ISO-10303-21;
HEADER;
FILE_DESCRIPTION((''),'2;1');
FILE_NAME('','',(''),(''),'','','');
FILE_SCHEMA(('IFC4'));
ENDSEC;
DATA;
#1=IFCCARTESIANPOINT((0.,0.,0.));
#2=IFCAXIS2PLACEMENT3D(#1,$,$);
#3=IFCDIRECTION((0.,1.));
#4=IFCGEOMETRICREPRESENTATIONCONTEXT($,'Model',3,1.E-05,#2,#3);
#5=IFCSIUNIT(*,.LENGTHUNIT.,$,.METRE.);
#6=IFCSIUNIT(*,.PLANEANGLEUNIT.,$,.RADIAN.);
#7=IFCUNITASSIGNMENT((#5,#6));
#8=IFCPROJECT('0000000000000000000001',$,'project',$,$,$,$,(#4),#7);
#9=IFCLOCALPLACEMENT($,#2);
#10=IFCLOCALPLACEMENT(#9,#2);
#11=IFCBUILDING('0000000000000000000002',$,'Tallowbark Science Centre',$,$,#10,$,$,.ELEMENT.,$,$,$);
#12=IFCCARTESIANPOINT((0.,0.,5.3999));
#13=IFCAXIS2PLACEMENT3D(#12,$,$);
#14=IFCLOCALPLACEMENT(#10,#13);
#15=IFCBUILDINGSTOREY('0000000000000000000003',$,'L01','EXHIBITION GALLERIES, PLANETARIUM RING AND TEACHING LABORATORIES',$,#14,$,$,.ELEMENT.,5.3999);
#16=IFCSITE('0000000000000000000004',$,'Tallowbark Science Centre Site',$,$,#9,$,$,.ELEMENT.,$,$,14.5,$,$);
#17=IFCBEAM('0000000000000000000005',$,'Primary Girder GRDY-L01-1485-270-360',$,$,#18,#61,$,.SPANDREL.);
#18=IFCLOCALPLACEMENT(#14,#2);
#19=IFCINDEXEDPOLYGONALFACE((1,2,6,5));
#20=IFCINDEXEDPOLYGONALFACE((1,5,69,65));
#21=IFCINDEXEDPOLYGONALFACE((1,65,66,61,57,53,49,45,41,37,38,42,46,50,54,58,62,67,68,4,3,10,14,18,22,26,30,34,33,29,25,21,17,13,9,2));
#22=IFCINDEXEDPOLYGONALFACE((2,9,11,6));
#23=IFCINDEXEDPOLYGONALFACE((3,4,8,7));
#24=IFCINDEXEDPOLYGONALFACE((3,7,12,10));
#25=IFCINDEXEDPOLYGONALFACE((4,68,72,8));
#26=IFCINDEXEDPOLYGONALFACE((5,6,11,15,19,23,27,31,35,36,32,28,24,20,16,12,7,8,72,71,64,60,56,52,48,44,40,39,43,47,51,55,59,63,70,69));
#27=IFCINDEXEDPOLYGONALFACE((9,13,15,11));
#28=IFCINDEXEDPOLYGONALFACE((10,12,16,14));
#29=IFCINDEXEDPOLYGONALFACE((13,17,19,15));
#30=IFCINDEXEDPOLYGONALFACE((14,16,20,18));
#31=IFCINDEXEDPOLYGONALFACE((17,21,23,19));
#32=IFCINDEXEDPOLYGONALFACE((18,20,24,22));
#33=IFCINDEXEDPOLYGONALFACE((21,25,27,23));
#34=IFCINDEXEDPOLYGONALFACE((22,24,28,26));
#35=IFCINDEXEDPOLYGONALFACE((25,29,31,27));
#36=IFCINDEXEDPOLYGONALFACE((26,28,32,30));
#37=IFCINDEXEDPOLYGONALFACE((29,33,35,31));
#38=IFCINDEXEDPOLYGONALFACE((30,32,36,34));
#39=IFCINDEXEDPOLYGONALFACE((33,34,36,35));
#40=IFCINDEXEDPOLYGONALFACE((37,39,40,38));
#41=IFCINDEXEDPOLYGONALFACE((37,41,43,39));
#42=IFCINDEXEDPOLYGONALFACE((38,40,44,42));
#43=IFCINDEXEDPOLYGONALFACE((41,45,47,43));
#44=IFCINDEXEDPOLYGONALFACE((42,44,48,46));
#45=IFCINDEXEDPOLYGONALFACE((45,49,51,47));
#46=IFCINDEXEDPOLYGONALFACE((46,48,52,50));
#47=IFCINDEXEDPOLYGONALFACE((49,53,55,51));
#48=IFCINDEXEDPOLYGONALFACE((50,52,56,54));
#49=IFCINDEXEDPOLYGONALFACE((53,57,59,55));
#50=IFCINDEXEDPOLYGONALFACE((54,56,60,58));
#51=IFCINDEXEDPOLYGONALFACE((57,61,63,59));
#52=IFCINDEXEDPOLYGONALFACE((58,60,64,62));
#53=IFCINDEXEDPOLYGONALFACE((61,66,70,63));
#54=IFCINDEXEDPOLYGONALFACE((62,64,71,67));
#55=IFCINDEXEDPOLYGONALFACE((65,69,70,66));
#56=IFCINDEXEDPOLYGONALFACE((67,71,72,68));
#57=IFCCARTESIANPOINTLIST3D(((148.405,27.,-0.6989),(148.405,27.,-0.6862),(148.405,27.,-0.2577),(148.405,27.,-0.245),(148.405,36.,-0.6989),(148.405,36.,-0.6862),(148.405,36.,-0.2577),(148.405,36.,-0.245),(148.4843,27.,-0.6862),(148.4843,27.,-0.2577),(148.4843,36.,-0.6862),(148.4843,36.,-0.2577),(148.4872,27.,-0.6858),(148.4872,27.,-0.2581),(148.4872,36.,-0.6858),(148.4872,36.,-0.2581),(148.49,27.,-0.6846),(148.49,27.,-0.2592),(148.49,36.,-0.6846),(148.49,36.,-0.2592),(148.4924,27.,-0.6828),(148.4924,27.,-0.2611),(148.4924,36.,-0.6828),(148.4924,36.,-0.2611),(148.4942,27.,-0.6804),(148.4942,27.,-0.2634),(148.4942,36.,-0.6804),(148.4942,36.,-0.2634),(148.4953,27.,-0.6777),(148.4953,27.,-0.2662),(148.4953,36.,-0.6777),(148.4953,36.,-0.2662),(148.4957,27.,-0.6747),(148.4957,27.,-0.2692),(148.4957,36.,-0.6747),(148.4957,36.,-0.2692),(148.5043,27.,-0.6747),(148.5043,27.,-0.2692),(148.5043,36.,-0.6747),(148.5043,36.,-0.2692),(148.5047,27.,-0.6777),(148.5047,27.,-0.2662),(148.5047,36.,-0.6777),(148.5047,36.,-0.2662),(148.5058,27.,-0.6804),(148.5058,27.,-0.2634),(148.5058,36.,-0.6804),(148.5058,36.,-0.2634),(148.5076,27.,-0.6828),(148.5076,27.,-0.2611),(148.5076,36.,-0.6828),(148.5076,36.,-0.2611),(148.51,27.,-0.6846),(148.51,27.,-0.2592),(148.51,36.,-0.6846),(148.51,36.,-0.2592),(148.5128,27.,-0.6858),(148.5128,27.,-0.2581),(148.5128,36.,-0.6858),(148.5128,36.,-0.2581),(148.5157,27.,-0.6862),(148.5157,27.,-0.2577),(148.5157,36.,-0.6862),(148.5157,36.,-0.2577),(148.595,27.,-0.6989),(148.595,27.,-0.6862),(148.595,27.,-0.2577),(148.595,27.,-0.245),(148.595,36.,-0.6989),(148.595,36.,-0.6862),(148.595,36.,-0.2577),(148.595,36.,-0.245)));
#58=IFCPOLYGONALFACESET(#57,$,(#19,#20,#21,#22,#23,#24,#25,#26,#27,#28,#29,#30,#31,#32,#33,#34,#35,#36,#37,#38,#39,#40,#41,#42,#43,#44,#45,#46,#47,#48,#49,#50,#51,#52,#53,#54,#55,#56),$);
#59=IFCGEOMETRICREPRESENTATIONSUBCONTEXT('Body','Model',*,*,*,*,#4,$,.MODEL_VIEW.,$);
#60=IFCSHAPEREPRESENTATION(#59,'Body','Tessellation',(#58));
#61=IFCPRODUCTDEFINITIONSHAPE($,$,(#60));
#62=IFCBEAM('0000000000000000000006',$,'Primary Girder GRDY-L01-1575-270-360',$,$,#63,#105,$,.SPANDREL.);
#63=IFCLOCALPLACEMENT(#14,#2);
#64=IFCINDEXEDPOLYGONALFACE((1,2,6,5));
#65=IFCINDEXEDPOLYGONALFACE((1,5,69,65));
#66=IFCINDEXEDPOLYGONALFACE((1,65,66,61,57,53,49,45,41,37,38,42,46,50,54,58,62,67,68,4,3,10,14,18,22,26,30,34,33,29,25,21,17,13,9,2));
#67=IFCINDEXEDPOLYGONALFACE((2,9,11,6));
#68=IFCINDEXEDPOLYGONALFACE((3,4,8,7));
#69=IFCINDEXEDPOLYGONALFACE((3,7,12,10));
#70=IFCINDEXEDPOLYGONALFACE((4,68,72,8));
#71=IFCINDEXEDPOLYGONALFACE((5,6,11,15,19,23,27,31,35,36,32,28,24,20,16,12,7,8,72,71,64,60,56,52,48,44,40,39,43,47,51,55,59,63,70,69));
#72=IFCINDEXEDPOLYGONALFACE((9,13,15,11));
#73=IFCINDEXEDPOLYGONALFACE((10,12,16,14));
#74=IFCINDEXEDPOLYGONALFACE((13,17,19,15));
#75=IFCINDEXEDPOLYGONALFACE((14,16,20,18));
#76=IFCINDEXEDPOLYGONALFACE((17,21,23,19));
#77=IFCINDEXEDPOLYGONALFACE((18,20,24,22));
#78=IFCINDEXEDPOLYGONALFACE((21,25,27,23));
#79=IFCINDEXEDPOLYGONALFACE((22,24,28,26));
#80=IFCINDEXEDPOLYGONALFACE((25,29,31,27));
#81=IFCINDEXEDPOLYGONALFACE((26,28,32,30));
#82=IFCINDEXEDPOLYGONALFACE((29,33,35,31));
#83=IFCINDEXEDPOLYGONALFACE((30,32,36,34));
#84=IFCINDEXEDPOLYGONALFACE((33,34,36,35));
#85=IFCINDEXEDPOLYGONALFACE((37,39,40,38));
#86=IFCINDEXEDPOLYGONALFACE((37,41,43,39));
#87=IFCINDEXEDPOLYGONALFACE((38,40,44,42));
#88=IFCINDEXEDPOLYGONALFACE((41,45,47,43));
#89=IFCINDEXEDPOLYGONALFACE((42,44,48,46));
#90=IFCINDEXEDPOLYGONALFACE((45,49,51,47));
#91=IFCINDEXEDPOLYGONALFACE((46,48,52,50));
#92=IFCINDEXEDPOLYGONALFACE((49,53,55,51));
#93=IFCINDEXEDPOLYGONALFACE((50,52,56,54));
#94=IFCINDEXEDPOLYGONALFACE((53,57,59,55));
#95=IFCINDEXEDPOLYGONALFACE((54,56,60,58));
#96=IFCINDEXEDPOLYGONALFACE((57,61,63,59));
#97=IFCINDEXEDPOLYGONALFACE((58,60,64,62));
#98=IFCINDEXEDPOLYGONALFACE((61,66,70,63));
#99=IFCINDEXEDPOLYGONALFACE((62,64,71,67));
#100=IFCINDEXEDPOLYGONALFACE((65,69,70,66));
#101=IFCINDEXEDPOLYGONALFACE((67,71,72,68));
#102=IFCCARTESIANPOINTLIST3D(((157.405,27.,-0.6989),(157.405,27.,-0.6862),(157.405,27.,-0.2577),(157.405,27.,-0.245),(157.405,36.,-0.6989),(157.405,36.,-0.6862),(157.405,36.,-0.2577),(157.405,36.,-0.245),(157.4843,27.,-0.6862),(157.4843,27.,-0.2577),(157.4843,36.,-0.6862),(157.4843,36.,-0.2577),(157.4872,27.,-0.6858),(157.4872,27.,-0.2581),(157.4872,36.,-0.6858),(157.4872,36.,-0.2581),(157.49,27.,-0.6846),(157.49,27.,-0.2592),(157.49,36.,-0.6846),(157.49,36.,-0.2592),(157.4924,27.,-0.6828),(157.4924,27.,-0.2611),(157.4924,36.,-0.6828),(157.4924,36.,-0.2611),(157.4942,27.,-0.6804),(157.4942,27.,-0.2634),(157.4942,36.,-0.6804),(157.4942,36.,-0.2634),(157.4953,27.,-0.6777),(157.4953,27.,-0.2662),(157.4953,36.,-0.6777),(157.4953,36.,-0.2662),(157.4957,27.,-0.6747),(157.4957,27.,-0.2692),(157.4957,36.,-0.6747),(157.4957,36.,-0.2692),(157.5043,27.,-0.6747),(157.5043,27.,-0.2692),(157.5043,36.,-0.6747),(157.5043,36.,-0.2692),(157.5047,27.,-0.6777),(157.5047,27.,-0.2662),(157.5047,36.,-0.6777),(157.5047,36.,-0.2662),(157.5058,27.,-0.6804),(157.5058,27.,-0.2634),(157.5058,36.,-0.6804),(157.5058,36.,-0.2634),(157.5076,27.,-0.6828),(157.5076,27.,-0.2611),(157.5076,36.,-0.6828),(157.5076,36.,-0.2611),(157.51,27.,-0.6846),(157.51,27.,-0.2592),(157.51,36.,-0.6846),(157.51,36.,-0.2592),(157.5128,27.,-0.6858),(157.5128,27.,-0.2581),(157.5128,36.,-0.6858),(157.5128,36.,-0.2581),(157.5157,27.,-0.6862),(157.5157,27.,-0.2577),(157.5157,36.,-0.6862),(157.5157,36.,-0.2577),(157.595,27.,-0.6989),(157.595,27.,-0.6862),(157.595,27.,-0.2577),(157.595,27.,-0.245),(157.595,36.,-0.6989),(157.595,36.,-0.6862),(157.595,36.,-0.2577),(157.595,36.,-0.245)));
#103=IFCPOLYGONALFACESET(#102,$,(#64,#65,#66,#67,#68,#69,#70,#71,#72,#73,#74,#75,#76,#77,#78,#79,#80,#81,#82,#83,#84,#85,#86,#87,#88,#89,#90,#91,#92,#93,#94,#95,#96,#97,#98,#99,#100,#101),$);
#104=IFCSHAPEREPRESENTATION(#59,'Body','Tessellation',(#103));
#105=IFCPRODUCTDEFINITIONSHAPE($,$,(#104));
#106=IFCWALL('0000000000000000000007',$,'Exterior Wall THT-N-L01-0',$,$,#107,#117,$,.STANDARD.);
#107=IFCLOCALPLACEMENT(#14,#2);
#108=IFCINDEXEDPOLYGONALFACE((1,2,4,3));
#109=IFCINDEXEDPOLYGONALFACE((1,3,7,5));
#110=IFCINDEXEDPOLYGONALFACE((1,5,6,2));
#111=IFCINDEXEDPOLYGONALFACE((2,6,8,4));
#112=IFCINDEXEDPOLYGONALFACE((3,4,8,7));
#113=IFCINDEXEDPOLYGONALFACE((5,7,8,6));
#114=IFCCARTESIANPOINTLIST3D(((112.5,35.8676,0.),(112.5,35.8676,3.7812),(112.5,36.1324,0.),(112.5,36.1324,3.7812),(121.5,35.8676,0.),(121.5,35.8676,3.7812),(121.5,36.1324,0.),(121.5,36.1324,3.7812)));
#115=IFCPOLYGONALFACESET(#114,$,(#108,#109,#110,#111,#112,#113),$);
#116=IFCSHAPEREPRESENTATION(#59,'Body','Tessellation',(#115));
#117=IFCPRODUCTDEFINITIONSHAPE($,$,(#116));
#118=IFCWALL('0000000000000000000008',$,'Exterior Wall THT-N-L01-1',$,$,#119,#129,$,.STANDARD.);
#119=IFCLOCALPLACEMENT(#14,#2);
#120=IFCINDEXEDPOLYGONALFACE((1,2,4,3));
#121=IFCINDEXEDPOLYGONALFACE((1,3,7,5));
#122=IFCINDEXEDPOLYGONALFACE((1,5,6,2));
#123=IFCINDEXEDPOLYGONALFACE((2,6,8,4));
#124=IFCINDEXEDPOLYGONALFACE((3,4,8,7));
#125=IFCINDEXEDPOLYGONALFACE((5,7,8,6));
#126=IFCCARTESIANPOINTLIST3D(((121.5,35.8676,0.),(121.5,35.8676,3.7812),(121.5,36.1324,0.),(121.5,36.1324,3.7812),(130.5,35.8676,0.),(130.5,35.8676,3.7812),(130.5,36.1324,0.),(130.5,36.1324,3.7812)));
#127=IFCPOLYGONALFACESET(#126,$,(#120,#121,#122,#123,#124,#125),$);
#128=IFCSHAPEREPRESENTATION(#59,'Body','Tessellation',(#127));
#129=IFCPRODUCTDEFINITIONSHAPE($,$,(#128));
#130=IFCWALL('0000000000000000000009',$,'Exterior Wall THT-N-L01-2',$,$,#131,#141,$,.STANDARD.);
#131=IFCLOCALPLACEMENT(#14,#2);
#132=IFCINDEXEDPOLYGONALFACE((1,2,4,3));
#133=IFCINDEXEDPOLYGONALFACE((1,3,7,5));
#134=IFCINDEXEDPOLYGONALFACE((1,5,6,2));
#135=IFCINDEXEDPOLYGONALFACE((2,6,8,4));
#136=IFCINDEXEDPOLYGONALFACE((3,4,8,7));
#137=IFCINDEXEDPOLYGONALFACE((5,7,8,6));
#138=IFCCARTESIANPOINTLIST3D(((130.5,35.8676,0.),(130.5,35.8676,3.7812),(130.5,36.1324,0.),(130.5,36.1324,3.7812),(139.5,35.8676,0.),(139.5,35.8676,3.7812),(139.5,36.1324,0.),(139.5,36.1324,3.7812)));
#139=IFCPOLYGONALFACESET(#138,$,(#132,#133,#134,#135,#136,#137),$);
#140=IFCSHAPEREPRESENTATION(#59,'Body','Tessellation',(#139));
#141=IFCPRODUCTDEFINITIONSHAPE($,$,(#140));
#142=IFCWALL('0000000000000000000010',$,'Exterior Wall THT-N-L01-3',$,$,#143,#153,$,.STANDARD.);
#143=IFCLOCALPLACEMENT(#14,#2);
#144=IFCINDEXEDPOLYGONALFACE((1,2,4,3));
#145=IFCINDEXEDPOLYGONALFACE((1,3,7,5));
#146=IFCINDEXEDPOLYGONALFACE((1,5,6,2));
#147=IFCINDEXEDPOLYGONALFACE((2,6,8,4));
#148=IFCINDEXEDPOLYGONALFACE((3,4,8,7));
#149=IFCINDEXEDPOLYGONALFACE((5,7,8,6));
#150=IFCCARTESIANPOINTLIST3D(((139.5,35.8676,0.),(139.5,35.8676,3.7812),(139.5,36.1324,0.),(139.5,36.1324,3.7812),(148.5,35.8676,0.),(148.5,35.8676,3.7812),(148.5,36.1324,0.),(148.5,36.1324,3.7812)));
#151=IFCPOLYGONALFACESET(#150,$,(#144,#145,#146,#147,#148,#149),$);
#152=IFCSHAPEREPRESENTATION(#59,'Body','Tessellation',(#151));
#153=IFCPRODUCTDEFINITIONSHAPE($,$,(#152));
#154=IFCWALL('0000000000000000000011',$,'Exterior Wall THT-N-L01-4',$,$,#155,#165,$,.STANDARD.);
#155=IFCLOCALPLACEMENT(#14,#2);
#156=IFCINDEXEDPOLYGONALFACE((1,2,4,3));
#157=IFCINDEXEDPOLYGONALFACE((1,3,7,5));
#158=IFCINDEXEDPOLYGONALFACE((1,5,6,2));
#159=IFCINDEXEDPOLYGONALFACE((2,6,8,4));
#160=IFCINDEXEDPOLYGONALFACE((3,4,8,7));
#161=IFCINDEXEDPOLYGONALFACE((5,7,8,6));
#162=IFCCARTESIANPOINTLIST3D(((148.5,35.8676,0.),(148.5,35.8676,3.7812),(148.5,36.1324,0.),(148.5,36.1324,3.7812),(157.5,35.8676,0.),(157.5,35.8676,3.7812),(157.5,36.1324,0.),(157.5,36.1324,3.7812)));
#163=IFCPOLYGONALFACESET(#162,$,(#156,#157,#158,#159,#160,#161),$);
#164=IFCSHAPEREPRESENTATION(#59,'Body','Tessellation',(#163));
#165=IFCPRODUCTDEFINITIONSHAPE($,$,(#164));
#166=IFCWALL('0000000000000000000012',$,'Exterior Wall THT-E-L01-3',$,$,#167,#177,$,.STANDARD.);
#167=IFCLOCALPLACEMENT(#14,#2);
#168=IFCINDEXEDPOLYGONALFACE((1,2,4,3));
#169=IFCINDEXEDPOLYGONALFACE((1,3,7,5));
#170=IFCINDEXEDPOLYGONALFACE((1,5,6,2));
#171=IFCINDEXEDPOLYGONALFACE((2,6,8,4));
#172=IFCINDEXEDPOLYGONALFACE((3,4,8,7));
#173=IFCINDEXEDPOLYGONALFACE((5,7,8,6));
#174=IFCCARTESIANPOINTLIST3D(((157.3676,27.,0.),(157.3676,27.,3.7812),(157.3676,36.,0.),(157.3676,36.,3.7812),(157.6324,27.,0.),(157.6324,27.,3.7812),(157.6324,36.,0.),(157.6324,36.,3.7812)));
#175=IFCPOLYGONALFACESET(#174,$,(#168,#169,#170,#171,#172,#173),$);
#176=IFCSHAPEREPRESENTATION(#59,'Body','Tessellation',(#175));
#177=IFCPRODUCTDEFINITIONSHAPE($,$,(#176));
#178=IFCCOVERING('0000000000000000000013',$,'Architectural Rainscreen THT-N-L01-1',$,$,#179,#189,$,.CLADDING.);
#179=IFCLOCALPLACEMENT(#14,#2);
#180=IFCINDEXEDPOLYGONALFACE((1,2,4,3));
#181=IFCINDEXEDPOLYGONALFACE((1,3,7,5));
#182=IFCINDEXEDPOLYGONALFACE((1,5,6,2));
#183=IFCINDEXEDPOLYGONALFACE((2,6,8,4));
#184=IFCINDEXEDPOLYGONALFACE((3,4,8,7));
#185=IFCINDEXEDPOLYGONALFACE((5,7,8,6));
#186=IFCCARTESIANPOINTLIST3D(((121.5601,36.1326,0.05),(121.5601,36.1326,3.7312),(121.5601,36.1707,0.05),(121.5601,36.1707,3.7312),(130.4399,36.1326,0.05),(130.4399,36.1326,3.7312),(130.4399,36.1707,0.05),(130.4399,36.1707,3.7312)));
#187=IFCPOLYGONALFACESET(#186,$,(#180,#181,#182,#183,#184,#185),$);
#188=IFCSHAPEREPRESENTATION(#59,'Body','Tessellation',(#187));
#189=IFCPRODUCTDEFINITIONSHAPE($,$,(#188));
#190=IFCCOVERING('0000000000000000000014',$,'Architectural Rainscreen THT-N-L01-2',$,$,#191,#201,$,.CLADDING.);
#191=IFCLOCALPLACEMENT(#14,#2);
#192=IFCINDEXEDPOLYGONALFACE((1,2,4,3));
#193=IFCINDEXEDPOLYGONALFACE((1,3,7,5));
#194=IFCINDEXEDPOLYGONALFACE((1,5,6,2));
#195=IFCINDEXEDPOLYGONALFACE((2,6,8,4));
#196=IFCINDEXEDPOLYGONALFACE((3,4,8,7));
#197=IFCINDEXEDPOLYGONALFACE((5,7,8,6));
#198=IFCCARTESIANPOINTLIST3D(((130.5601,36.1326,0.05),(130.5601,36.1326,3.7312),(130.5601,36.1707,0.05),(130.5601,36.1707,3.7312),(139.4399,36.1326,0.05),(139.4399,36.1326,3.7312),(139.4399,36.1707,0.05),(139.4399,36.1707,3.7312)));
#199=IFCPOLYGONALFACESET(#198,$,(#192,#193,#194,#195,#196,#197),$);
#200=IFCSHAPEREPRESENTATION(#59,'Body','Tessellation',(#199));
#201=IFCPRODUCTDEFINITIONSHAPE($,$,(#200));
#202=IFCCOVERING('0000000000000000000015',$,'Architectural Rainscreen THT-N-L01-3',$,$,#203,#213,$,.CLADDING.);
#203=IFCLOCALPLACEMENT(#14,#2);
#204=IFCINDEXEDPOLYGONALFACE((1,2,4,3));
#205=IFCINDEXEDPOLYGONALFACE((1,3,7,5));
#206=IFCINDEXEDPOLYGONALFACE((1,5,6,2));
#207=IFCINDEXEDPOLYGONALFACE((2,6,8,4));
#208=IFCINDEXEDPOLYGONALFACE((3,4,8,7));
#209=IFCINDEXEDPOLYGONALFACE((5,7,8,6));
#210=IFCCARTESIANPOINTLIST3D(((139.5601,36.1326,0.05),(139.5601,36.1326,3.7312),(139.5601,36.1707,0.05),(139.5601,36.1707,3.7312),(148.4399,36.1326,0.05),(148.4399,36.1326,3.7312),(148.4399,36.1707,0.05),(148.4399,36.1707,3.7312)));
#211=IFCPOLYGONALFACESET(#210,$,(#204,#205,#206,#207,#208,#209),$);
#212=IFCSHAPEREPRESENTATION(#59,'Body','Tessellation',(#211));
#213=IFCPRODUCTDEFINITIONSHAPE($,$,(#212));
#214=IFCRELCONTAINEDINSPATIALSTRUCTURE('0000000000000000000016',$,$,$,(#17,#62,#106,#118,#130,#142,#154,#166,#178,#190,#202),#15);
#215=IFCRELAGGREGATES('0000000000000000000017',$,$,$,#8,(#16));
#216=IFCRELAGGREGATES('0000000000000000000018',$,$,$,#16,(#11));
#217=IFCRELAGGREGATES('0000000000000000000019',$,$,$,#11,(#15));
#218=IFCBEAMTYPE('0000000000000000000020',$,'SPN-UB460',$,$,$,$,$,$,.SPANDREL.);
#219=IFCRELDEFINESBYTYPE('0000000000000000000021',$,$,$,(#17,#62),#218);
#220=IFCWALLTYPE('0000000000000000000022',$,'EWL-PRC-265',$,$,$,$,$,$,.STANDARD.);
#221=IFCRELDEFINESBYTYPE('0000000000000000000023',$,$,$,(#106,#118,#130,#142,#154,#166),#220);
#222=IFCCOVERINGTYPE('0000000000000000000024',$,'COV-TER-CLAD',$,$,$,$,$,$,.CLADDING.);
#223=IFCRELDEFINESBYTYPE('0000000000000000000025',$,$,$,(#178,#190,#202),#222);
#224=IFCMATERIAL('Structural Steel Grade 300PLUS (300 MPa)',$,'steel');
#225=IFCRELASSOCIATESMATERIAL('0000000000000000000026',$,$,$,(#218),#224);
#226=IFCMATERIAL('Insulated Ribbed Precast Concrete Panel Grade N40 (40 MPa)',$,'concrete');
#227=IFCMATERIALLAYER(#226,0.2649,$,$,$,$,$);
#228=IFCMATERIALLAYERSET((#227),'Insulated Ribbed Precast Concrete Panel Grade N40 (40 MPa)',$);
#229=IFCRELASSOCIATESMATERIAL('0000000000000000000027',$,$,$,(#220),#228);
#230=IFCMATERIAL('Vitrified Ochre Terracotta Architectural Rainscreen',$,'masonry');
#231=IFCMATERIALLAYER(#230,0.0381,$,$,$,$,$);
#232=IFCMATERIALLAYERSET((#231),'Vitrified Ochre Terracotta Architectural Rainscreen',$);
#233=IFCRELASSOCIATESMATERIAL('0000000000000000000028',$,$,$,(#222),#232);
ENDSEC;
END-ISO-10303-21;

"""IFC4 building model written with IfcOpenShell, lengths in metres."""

from ifc_helpers import new_model, si_unit, direction, frame, frame_2d, origin, origin_2d, place, context, subcontext, project, spatial, rectangle, i_section, extrude, material, layer, layer_set, material_profile, profile_set, type_object, element, save


model = new_model("IFC4")

# Units and contexts
model_context = context("Model", 3, precision=1e-05, world=origin(), true_north=direction((0.0, 1.0)))
body_context = subcontext(model_context, "Body", "Model", "MODEL_VIEW")
ifc_project = project(units=[si_unit("LENGTHUNIT", "METRE"), si_unit("PLANEANGLEUNIT", "RADIAN")], contexts=[model_context])

# Site, building, storey
site_placement = place(None, origin())
site = spatial("IfcSite", under=ifc_project, at=site_placement, Name="Tallowbark Science Centre Site", CompositionType="ELEMENT", RefElevation=14.5)
building_placement = place(site_placement, origin())
building = spatial("IfcBuilding", under=site, at=building_placement, Name="Tallowbark Science Centre", CompositionType="ELEMENT")
storey_placement = place(building_placement, frame((0.0, 0.0, 5.3999)))
storey = spatial("IfcBuildingStorey", under=building, at=storey_placement, Name="L01", Description="EXHIBITION GALLERIES, PLANETARIUM RING AND TEACHING LABORATORIES", CompositionType="ELEMENT", Elevation=5.3999)

# Shared definitions
ifc_material_1 = material(Name="Structural Steel Grade 300PLUS (300 MPa)", Category="steel")

# Beams
ifc_material_profile_1 = material_profile(ifc_material_1, i_section(OverallWidth=0.1899, OverallDepth=0.4539, WebThickness=0.0085, FlangeThickness=0.0127, FilletRadius=0.0115, at=origin_2d()), Name="460UB67.1")
ifc_profile_set_1 = profile_set([ifc_material_profile_1], Name="Structural Steel Grade 300PLUS (300 MPa)")
beam_type_1 = type_object("IfcBeamType", Name="SPN-UB460", PredefinedType="SPANDREL", material=ifc_profile_set_1)
for number, where, z_axis, x_axis, name in (
    (1, (148.5, 27.0, -0.4719), (0.0, 1.0, 0.0), (-1.0, 0.0, 0.0), "Primary Girder GRDY-L01-1485-270-360"),
    (2, (157.5, 27.0, -0.4719), (0.0, 1.0, 0.0), (-1.0, 0.0, 0.0), "Primary Girder GRDY-L01-1575-270-360"),
):
    element("IfcBeam", number, at=place(storey_placement, frame(where, z_axis=z_axis, x_axis=x_axis)), inside=storey, type_object=beam_type_1, Name=name, PredefinedType="SPANDREL", context=body_context, shape_type="SweptSolid", body=[
        extrude(i_section(OverallWidth=0.1899, OverallDepth=0.4539, WebThickness=0.0085, FlangeThickness=0.0127, FilletRadius=0.0115, at=origin_2d()), origin(), (0.0, 0.0, 1.0), 9.0),
    ])

# Walls
ifc_material_2 = material(Name="Insulated Ribbed Precast Concrete Panel Grade N40 (40 MPa)", Category="concrete")
ifc_layer_1 = layer(ifc_material_2, 0.2649)
ifc_layer_set_1 = layer_set([ifc_layer_1], Name="Insulated Ribbed Precast Concrete Panel Grade N40 (40 MPa)")
wall_type = type_object("IfcWallType", Name="EWL-PRC-265", PredefinedType="STANDARD", material=ifc_layer_set_1)
for number, where, z_axis, x_axis, name in (
    (3, (121.5, 36.0, 0.0), (0.0, 0.0, 1.0), (-1.0, 0.0, 0.0), "Exterior Wall THT-N-L01-0"),
    (4, (130.5, 36.0, 0.0), (0.0, 0.0, 1.0), (-1.0, 0.0, 0.0), "Exterior Wall THT-N-L01-1"),
    (5, (139.5, 36.0, 0.0), (0.0, 0.0, 1.0), (-1.0, 0.0, 0.0), "Exterior Wall THT-N-L01-2"),
    (6, (148.5, 36.0, 0.0), (0.0, 0.0, 1.0), (-1.0, 0.0, 0.0), "Exterior Wall THT-N-L01-3"),
    (7, (157.5, 36.0, 0.0), (0.0, 0.0, 1.0), (-1.0, 0.0, 0.0), "Exterior Wall THT-N-L01-4"),
    (8, (157.5, 27.0, 0.0), (0.0, 0.0, 1.0), (0.0, 1.0, 0.0), "Exterior Wall THT-E-L01-3"),
):
    element("IfcWall", number, at=place(storey_placement, frame(where, z_axis=z_axis, x_axis=x_axis)), inside=storey, type_object=wall_type, Name=name, PredefinedType="STANDARD", context=body_context, shape_type="SweptSolid", body=[
        extrude(rectangle(XDim=9.0, YDim=0.2649, at=frame_2d((4.5, 0.0))), origin(), (0.0, 0.0, 1.0), 3.7812),
    ])

# Coverings
ifc_material_3 = material(Name="Vitrified Ochre Terracotta Architectural Rainscreen", Category="masonry")
ifc_layer_2 = layer(ifc_material_3, 0.0381)
ifc_layer_set_2 = layer_set([ifc_layer_2], Name="Vitrified Ochre Terracotta Architectural Rainscreen")
covering_type = type_object("IfcCoveringType", Name="COV-TER-CLAD", PredefinedType="CLADDING", material=ifc_layer_set_2)
for number, where, z_axis, x_axis, name in (
    (9, (126.0, 36.1516, 0.05), (0.0, 0.0, 1.0), (-1.0, 0.0, 0.0), "Architectural Rainscreen THT-N-L01-1"),
    (10, (135.0, 36.1516, 0.05), (0.0, 0.0, 1.0), (-1.0, 0.0, 0.0), "Architectural Rainscreen THT-N-L01-2"),
    (11, (144.0, 36.1516, 0.05), (0.0, 0.0, 1.0), (-1.0, 0.0, 0.0), "Architectural Rainscreen THT-N-L01-3"),
):
    element("IfcCovering", number, at=place(storey_placement, frame(where, z_axis=z_axis, x_axis=x_axis)), inside=storey, type_object=covering_type, Name=name, PredefinedType="CLADDING", context=body_context, shape_type="SweptSolid", body=[
        extrude(rectangle(XDim=8.8799, YDim=0.0381, at=origin_2d()), origin(), (0.0, 0.0, 1.0), 3.6812),
    ])

save(model, "model.ifc")
